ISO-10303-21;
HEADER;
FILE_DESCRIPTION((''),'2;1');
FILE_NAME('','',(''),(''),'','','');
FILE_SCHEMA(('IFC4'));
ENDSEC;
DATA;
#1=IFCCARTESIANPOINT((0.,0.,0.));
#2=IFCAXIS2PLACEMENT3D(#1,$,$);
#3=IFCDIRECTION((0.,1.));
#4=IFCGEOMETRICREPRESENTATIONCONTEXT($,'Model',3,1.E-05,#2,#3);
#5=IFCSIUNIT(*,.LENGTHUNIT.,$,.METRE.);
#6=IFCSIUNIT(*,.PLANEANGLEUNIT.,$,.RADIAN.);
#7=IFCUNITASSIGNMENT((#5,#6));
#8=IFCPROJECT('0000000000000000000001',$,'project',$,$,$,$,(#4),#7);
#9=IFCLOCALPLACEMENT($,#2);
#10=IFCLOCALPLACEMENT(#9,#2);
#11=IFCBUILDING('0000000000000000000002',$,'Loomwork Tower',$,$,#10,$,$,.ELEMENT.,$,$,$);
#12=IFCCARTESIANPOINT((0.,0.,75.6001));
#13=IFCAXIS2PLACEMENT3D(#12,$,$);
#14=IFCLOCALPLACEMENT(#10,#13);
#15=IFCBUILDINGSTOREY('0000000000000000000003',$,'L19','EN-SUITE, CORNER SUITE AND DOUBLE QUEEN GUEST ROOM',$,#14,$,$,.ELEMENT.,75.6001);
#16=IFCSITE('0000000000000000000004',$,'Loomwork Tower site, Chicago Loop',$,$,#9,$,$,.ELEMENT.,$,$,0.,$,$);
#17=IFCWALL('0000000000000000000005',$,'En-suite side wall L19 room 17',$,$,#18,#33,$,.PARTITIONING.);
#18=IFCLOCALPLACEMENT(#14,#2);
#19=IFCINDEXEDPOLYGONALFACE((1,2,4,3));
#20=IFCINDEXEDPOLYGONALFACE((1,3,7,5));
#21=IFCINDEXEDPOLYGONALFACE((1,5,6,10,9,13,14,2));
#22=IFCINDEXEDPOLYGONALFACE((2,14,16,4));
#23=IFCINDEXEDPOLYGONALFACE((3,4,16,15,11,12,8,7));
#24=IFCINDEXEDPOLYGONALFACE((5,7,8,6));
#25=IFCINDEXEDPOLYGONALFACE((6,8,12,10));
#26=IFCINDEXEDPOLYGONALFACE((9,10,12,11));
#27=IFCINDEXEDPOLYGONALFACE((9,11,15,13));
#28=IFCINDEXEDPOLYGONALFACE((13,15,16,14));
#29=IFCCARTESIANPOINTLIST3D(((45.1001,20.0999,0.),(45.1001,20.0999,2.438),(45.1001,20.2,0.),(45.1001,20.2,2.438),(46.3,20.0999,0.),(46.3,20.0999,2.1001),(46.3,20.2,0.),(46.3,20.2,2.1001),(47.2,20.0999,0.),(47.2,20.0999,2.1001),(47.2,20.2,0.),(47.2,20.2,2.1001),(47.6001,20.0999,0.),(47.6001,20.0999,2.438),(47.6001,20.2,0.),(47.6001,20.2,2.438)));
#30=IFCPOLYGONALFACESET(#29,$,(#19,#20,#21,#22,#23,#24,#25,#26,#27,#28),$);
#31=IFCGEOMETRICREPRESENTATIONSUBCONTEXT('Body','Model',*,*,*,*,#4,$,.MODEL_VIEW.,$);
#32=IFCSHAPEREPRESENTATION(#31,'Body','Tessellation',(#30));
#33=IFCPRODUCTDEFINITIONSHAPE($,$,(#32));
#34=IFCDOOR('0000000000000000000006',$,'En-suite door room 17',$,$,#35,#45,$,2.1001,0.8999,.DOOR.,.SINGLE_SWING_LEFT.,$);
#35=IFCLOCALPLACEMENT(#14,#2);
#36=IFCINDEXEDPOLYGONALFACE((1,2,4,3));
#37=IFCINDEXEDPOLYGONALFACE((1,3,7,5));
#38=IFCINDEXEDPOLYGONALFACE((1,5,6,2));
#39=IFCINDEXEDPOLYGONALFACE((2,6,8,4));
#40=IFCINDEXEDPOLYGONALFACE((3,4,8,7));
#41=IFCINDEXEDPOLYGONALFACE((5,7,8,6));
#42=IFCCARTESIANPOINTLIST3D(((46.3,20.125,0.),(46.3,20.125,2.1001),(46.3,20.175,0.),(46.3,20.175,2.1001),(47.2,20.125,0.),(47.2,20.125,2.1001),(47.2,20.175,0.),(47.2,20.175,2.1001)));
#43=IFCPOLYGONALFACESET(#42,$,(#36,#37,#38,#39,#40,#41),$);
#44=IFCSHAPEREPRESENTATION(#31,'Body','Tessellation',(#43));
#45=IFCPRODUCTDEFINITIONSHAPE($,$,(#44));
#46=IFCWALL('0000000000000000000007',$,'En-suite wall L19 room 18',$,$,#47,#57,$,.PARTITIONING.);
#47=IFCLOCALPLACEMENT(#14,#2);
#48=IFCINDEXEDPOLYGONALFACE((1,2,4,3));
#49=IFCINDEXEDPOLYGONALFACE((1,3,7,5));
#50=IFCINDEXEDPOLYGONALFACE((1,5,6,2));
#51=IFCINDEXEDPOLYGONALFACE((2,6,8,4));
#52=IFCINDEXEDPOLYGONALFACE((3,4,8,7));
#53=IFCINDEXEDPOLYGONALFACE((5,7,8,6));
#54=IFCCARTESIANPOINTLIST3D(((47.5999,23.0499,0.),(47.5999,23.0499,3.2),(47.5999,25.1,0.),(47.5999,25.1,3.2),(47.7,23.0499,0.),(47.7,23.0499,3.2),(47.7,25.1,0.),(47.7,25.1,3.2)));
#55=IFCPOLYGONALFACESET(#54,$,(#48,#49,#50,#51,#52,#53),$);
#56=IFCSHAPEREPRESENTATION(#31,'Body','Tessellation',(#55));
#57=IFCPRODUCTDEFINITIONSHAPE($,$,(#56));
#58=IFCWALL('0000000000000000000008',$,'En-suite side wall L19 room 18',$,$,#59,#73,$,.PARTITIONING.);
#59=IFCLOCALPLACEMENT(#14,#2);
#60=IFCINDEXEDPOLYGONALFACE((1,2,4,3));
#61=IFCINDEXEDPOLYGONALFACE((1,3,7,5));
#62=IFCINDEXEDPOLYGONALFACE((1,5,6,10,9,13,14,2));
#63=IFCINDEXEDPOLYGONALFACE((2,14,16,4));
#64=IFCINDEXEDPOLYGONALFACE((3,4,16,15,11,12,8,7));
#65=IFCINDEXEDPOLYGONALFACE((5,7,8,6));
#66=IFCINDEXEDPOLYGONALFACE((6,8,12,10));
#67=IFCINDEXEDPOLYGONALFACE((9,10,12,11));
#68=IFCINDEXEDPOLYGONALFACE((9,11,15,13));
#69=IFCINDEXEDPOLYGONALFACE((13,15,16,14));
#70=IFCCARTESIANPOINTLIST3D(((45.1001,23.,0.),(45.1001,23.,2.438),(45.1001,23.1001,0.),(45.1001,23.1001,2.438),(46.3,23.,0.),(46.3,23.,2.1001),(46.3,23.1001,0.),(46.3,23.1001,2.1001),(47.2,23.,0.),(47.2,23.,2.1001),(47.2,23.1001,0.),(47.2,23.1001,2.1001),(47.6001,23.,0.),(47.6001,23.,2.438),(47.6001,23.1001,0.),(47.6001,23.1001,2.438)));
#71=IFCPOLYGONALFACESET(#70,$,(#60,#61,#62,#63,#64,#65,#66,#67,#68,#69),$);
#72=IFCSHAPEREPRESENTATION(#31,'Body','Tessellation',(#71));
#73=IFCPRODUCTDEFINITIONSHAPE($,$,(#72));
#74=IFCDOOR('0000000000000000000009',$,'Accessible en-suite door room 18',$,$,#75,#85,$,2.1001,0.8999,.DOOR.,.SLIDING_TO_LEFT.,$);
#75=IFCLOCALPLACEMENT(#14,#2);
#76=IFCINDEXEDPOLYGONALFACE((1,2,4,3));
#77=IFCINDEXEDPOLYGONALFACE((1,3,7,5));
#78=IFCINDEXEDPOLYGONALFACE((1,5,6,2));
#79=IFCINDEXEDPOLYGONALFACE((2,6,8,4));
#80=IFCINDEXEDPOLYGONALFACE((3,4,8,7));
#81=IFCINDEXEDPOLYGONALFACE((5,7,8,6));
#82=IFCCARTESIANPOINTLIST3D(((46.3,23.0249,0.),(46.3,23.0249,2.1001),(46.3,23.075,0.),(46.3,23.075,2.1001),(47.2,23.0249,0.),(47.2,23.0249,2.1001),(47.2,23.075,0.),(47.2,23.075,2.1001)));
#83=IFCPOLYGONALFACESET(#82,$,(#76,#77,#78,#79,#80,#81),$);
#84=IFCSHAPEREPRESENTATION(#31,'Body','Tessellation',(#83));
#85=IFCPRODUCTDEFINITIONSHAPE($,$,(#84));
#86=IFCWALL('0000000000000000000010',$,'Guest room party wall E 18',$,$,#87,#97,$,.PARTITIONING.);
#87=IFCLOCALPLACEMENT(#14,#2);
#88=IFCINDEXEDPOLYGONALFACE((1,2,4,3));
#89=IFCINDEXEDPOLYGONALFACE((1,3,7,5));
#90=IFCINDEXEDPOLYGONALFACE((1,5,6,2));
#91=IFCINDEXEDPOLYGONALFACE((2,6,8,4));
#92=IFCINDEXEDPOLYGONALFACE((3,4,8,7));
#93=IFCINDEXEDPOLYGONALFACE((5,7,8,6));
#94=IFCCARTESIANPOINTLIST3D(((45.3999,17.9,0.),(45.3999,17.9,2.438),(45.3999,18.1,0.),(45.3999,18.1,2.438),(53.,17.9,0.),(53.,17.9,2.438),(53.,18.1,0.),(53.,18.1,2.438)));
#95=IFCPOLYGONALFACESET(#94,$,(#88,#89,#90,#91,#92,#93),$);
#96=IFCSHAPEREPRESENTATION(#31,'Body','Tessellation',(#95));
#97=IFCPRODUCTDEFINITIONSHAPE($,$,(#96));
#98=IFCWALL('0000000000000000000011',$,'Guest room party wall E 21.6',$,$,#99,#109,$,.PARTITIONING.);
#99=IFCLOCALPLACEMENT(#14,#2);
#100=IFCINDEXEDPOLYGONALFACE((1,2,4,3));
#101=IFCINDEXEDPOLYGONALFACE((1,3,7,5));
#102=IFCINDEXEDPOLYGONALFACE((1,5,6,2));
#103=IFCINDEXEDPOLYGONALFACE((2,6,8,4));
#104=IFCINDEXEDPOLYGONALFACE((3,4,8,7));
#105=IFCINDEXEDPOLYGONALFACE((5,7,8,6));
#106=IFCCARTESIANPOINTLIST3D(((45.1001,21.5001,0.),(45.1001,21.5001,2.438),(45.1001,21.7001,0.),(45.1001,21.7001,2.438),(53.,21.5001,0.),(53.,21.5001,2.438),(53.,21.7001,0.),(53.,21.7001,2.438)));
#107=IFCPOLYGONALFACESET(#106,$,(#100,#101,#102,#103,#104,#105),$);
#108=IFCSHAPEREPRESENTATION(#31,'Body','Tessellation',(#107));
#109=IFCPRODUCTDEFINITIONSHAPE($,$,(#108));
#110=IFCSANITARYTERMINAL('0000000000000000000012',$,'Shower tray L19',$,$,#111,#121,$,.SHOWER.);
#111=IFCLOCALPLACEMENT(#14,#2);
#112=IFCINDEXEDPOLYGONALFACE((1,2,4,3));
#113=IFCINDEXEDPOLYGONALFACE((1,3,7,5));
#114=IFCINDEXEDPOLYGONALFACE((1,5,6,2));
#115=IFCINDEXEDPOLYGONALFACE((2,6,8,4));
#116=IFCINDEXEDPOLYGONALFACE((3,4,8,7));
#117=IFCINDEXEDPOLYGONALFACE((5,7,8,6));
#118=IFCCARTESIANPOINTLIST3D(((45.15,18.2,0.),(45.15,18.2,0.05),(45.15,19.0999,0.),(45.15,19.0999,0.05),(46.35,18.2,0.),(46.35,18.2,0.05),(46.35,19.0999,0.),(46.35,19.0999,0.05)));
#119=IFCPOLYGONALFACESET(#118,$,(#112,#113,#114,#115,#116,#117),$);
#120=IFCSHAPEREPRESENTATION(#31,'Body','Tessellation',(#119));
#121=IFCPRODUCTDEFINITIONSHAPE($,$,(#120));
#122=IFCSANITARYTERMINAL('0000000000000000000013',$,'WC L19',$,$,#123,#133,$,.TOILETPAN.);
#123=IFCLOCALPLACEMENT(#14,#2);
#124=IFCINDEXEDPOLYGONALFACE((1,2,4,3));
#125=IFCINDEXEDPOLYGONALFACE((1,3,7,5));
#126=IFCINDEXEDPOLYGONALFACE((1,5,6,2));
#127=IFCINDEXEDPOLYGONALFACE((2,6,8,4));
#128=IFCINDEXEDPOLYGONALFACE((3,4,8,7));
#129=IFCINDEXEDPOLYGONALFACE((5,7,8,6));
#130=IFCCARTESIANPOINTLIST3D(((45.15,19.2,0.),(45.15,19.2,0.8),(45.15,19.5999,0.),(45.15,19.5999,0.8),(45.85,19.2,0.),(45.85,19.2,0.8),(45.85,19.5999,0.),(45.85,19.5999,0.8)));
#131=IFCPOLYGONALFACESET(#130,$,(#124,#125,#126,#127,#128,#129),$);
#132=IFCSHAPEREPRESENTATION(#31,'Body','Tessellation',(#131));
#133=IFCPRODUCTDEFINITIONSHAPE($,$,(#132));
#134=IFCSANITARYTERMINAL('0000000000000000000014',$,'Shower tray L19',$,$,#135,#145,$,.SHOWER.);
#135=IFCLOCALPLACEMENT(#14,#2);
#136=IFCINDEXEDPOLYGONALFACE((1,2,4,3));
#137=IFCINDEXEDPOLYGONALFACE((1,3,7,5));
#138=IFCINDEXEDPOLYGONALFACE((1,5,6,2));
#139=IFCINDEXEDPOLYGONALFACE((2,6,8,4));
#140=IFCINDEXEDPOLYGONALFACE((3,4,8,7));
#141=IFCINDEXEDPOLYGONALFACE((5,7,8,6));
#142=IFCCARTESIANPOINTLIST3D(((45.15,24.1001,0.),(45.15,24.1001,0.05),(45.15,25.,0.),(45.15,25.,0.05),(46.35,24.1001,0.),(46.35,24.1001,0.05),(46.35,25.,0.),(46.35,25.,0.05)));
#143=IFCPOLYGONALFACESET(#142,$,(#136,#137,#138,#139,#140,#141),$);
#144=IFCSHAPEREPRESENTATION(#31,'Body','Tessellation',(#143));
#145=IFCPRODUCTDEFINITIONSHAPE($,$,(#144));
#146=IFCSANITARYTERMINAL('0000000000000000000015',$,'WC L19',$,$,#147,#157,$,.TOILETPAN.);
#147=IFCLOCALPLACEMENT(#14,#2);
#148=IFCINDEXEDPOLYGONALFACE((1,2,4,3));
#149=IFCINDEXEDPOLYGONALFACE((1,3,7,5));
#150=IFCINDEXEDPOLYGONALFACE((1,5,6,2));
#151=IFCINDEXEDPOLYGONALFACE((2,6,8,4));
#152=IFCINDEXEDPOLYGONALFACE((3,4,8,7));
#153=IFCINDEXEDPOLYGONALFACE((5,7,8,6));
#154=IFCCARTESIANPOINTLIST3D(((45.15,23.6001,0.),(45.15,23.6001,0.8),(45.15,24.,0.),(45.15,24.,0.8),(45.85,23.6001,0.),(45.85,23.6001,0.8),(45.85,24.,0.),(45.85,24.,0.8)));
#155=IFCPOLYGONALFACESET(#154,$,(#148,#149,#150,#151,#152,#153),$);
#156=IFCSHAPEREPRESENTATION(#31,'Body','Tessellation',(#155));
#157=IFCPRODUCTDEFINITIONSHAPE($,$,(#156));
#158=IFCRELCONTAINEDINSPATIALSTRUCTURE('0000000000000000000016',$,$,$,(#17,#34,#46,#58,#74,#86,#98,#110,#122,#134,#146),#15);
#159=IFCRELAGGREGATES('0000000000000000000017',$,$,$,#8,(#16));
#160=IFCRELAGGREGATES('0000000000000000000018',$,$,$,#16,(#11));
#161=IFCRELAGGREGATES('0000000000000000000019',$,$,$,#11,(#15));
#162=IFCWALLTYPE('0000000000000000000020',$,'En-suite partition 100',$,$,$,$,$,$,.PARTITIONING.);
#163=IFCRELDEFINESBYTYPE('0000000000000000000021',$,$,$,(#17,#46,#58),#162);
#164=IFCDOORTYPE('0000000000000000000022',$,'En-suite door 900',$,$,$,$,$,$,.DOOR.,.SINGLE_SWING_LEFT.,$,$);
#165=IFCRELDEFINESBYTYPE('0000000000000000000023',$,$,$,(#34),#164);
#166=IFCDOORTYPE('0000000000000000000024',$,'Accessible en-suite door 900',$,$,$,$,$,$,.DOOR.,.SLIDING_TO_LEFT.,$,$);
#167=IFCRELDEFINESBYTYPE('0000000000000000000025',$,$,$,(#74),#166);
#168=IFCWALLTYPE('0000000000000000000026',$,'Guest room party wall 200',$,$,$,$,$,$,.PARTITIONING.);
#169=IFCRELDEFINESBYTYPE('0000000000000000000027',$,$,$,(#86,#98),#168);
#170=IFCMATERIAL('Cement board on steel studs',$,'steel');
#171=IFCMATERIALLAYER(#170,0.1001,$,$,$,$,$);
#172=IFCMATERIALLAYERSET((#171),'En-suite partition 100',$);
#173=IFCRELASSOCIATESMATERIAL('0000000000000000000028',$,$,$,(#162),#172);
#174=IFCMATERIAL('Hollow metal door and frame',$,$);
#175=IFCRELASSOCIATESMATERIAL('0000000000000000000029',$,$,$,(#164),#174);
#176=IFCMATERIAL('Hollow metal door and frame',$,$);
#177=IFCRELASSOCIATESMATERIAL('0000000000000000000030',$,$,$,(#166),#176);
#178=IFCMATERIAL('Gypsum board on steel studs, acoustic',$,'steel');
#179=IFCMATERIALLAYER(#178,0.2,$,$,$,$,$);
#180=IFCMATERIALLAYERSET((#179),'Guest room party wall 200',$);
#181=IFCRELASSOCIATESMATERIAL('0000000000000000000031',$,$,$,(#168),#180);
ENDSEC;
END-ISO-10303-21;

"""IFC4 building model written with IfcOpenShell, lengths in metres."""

from ifc_helpers import new_model, si_unit, direction, frame, frame_2d, origin, origin_2d, place, context, subcontext, project, spatial, rectangle, extrude, material, layer, layer_set, type_object, element, fill, save


model = new_model("IFC4")

# Units and contexts
model_context = context("Model", 3, precision=1e-05, world=origin(), true_north=direction((0.0, 1.0)))
body_context = subcontext(model_context, "Body", "Model", "MODEL_VIEW")
ifc_project = project(units=[si_unit("LENGTHUNIT", "METRE"), si_unit("PLANEANGLEUNIT", "RADIAN")], contexts=[model_context])

# Site, building, storey
site_placement = place(None, origin())
site = spatial("IfcSite", under=ifc_project, at=site_placement, Name="Loomwork Tower site, Chicago Loop", CompositionType="ELEMENT", RefElevation=0.0)
building_placement = place(site_placement, origin())
building = spatial("IfcBuilding", under=site, at=building_placement, Name="Loomwork Tower", CompositionType="ELEMENT")
storey_placement = place(building_placement, frame((0.0, 0.0, 75.6001)))
storey = spatial("IfcBuildingStorey", under=building, at=storey_placement, Name="L19", Description="EN-SUITE, CORNER SUITE AND DOUBLE QUEEN GUEST ROOM", CompositionType="ELEMENT", Elevation=75.6001)

# Shared definitions
ifc_material_1 = material(Name="Cement board on steel studs", Category="steel")
ifc_layer_1 = layer(ifc_material_1, 0.1001)
ifc_layer_set_1 = layer_set([ifc_layer_1], Name="En-suite partition 100")
wall_type_1 = type_object("IfcWallType", Name="En-suite partition 100", PredefinedType="PARTITIONING", material=ifc_layer_set_1)

# Wall, opening, door
wall_1_placement = place(storey_placement, frame((45.1001, 20.1499, 0.0), z_axis=(0.0, 0.0, 1.0), x_axis=(1.0, 0.0, 0.0)))
wall_1 = element("IfcWall", 1, at=wall_1_placement, inside=storey, type_object=wall_type_1, Name="En-suite side wall L19 room 17", PredefinedType="PARTITIONING", context=body_context, shape_type="SweptSolid", body=[
    extrude(rectangle(XDim=2.5, YDim=0.1001, at=frame_2d((1.25, 0.0))), origin(), (0.0, 0.0, 1.0), 2.438),
])
opening_1_placement = place(wall_1_placement, frame((1.2, 0.0, 0.0)))
opening_1 = element("IfcOpeningElement", 2, at=opening_1_placement, cuts=wall_1, PredefinedType="OPENING", context=body_context, shape_type="SweptSolid", body=[
    extrude(rectangle(XDim=0.8999, YDim=2.1001, at=frame_2d((0.45, 1.05))), frame((0.0, 0.0601, 0.0), z_axis=(0.0, -1.0, 0.0), x_axis=(1.0, 0.0, 0.0)), (0.0, 0.0, 1.0), 0.1201),
])
ifc_material_2 = material(Name="Hollow metal door and frame")
door_type_1 = type_object("IfcDoorType", Name="En-suite door 900", OperationType="SINGLE_SWING_LEFT", PredefinedType="DOOR", material=ifc_material_2)
door_1_placement = place(opening_1_placement, frame((0.8999, 0.0, 0.0), z_axis=(0.0, 0.0, 1.0), x_axis=(-1.0, 0.0, 0.0)))
door_1 = element("IfcDoor", 3, at=door_1_placement, inside=storey, type_object=door_type_1, Name="En-suite door room 17", OperationType="SINGLE_SWING_LEFT", OverallHeight=2.1001, OverallWidth=0.8999, PredefinedType="DOOR", context=body_context, shape_type="SweptSolid", body=[
    extrude(rectangle(XDim=0.8999, YDim=2.1001, at=frame_2d((0.45, 1.05))), frame((0.0, 0.0249, 0.0), z_axis=(0.0, -1.0, 0.0), x_axis=(1.0, 0.0, 0.0)), (0.0, 0.0, 1.0), 0.05),
])
fill(opening_1, door_1)

# Wall
wall_2_placement = place(storey_placement, frame((47.6499, 23.05, 0.0), z_axis=(0.0, 0.0, 1.0), x_axis=(0.0, 1.0, 0.0)))
element("IfcWall", 4, at=wall_2_placement, inside=storey, type_object=wall_type_1, Name="En-suite wall L19 room 18", PredefinedType="PARTITIONING", context=body_context, shape_type="SweptSolid", body=[
    extrude(rectangle(XDim=2.05, YDim=0.1001, at=frame_2d((1.0249, 0.0))), origin(), (0.0, 0.0, 1.0), 3.2),
])

# Wall, opening, door
wall_3_placement = place(storey_placement, frame((45.1001, 23.05, 0.0), z_axis=(0.0, 0.0, 1.0), x_axis=(1.0, 0.0, 0.0)))
wall_3 = element("IfcWall", 5, at=wall_3_placement, inside=storey, type_object=wall_type_1, Name="En-suite side wall L19 room 18", PredefinedType="PARTITIONING", context=body_context, shape_type="SweptSolid", body=[
    extrude(rectangle(XDim=2.5, YDim=0.1001, at=frame_2d((1.25, 0.0))), origin(), (0.0, 0.0, 1.0), 2.438),
])
opening_2_placement = place(wall_3_placement, frame((1.2, 0.0, 0.0)))
opening_2 = element("IfcOpeningElement", 6, at=opening_2_placement, cuts=wall_3, PredefinedType="OPENING", context=body_context, shape_type="SweptSolid", body=[
    extrude(rectangle(XDim=0.8999, YDim=2.1001, at=frame_2d((0.45, 1.05))), frame((0.0, 0.0601, 0.0), z_axis=(0.0, -1.0, 0.0), x_axis=(1.0, 0.0, 0.0)), (0.0, 0.0, 1.0), 0.1201),
])
ifc_material_3 = material(Name="Hollow metal door and frame")
door_type_2 = type_object("IfcDoorType", Name="Accessible en-suite door 900", OperationType="SLIDING_TO_LEFT", PredefinedType="DOOR", material=ifc_material_3)
door_2_placement = place(opening_2_placement, origin())
door_2 = element("IfcDoor", 7, at=door_2_placement, inside=storey, type_object=door_type_2, Name="Accessible en-suite door room 18", OperationType="SLIDING_TO_LEFT", OverallHeight=2.1001, OverallWidth=0.8999, PredefinedType="DOOR", context=body_context, shape_type="SweptSolid", body=[
    extrude(rectangle(XDim=0.8999, YDim=2.1001, at=frame_2d((0.45, 1.05))), frame((0.0, 0.0249, 0.0), z_axis=(0.0, -1.0, 0.0), x_axis=(1.0, 0.0, 0.0)), (0.0, 0.0, 1.0), 0.05),
])
fill(opening_2, door_2)

# Walls
ifc_material_4 = material(Name="Gypsum board on steel studs, acoustic", Category="steel")
ifc_layer_2 = layer(ifc_material_4, 0.2)
ifc_layer_set_2 = layer_set([ifc_layer_2], Name="Guest room party wall 200")
wall_type_2 = type_object("IfcWallType", Name="Guest room party wall 200", PredefinedType="PARTITIONING", material=ifc_layer_set_2)
wall_4_placement = place(storey_placement, frame((45.3999, 18.0, 0.0), z_axis=(0.0, 0.0, 1.0), x_axis=(1.0, 0.0, 0.0)))
element("IfcWall", 8, at=wall_4_placement, inside=storey, type_object=wall_type_2, Name="Guest room party wall E 18", PredefinedType="PARTITIONING", context=body_context, shape_type="SweptSolid", body=[
    extrude(rectangle(XDim=7.6001, YDim=0.2, at=frame_2d((3.8, 0.0))), origin(), (0.0, 0.0, 1.0), 2.438),
])
wall_5_placement = place(storey_placement, frame((45.1001, 21.6001, 0.0), z_axis=(0.0, 0.0, 1.0), x_axis=(1.0, 0.0, 0.0)))
element("IfcWall", 9, at=wall_5_placement, inside=storey, type_object=wall_type_2, Name="Guest room party wall E 21.6", PredefinedType="PARTITIONING", context=body_context, shape_type="SweptSolid", body=[
    extrude(rectangle(XDim=7.8999, YDim=0.2, at=frame_2d((3.95, 0.0))), origin(), (0.0, 0.0, 1.0), 2.438),
])

# Sanitary terminals
sanitary_terminal_1_placement = place(storey_placement, frame((45.75, 18.6499, 0.0), z_axis=(0.0, 0.0, 1.0), x_axis=(1.0, 0.0, 0.0)))
element("IfcSanitaryTerminal", 10, at=sanitary_terminal_1_placement, inside=storey, Name="Shower tray L19", PredefinedType="SHOWER", context=body_context, shape_type="SweptSolid", body=[
    extrude(rectangle(XDim=1.2, YDim=0.8999, at=origin_2d()), origin(), (0.0, 0.0, 1.0), 0.05),
])
sanitary_terminal_2_placement = place(storey_placement, frame((45.5, 19.3999, 0.0), z_axis=(0.0, 0.0, 1.0), x_axis=(1.0, 0.0, 0.0)))
element("IfcSanitaryTerminal", 11, at=sanitary_terminal_2_placement, inside=storey, Name="WC L19", PredefinedType="TOILETPAN", context=body_context, shape_type="SweptSolid", body=[
    extrude(rectangle(XDim=0.7, YDim=0.3999, at=origin_2d()), origin(), (0.0, 0.0, 1.0), 0.8),
])
sanitary_terminal_3_placement = place(storey_placement, frame((45.75, 24.55, 0.0), z_axis=(0.0, 0.0, 1.0), x_axis=(1.0, 0.0, 0.0)))
element("IfcSanitaryTerminal", 12, at=sanitary_terminal_3_placement, inside=storey, Name="Shower tray L19", PredefinedType="SHOWER", context=body_context, shape_type="SweptSolid", body=[
    extrude(rectangle(XDim=1.2, YDim=0.8999, at=origin_2d()), origin(), (0.0, 0.0, 1.0), 0.05),
])
sanitary_terminal_4_placement = place(storey_placement, frame((45.5, 23.8, 0.0), z_axis=(0.0, 0.0, 1.0), x_axis=(1.0, 0.0, 0.0)))
element("IfcSanitaryTerminal", 13, at=sanitary_terminal_4_placement, inside=storey, Name="WC L19", PredefinedType="TOILETPAN", context=body_context, shape_type="SweptSolid", body=[
    extrude(rectangle(XDim=0.7, YDim=0.3999, at=origin_2d()), origin(), (0.0, 0.0, 1.0), 0.8),
])

save(model, "model.ifc")
